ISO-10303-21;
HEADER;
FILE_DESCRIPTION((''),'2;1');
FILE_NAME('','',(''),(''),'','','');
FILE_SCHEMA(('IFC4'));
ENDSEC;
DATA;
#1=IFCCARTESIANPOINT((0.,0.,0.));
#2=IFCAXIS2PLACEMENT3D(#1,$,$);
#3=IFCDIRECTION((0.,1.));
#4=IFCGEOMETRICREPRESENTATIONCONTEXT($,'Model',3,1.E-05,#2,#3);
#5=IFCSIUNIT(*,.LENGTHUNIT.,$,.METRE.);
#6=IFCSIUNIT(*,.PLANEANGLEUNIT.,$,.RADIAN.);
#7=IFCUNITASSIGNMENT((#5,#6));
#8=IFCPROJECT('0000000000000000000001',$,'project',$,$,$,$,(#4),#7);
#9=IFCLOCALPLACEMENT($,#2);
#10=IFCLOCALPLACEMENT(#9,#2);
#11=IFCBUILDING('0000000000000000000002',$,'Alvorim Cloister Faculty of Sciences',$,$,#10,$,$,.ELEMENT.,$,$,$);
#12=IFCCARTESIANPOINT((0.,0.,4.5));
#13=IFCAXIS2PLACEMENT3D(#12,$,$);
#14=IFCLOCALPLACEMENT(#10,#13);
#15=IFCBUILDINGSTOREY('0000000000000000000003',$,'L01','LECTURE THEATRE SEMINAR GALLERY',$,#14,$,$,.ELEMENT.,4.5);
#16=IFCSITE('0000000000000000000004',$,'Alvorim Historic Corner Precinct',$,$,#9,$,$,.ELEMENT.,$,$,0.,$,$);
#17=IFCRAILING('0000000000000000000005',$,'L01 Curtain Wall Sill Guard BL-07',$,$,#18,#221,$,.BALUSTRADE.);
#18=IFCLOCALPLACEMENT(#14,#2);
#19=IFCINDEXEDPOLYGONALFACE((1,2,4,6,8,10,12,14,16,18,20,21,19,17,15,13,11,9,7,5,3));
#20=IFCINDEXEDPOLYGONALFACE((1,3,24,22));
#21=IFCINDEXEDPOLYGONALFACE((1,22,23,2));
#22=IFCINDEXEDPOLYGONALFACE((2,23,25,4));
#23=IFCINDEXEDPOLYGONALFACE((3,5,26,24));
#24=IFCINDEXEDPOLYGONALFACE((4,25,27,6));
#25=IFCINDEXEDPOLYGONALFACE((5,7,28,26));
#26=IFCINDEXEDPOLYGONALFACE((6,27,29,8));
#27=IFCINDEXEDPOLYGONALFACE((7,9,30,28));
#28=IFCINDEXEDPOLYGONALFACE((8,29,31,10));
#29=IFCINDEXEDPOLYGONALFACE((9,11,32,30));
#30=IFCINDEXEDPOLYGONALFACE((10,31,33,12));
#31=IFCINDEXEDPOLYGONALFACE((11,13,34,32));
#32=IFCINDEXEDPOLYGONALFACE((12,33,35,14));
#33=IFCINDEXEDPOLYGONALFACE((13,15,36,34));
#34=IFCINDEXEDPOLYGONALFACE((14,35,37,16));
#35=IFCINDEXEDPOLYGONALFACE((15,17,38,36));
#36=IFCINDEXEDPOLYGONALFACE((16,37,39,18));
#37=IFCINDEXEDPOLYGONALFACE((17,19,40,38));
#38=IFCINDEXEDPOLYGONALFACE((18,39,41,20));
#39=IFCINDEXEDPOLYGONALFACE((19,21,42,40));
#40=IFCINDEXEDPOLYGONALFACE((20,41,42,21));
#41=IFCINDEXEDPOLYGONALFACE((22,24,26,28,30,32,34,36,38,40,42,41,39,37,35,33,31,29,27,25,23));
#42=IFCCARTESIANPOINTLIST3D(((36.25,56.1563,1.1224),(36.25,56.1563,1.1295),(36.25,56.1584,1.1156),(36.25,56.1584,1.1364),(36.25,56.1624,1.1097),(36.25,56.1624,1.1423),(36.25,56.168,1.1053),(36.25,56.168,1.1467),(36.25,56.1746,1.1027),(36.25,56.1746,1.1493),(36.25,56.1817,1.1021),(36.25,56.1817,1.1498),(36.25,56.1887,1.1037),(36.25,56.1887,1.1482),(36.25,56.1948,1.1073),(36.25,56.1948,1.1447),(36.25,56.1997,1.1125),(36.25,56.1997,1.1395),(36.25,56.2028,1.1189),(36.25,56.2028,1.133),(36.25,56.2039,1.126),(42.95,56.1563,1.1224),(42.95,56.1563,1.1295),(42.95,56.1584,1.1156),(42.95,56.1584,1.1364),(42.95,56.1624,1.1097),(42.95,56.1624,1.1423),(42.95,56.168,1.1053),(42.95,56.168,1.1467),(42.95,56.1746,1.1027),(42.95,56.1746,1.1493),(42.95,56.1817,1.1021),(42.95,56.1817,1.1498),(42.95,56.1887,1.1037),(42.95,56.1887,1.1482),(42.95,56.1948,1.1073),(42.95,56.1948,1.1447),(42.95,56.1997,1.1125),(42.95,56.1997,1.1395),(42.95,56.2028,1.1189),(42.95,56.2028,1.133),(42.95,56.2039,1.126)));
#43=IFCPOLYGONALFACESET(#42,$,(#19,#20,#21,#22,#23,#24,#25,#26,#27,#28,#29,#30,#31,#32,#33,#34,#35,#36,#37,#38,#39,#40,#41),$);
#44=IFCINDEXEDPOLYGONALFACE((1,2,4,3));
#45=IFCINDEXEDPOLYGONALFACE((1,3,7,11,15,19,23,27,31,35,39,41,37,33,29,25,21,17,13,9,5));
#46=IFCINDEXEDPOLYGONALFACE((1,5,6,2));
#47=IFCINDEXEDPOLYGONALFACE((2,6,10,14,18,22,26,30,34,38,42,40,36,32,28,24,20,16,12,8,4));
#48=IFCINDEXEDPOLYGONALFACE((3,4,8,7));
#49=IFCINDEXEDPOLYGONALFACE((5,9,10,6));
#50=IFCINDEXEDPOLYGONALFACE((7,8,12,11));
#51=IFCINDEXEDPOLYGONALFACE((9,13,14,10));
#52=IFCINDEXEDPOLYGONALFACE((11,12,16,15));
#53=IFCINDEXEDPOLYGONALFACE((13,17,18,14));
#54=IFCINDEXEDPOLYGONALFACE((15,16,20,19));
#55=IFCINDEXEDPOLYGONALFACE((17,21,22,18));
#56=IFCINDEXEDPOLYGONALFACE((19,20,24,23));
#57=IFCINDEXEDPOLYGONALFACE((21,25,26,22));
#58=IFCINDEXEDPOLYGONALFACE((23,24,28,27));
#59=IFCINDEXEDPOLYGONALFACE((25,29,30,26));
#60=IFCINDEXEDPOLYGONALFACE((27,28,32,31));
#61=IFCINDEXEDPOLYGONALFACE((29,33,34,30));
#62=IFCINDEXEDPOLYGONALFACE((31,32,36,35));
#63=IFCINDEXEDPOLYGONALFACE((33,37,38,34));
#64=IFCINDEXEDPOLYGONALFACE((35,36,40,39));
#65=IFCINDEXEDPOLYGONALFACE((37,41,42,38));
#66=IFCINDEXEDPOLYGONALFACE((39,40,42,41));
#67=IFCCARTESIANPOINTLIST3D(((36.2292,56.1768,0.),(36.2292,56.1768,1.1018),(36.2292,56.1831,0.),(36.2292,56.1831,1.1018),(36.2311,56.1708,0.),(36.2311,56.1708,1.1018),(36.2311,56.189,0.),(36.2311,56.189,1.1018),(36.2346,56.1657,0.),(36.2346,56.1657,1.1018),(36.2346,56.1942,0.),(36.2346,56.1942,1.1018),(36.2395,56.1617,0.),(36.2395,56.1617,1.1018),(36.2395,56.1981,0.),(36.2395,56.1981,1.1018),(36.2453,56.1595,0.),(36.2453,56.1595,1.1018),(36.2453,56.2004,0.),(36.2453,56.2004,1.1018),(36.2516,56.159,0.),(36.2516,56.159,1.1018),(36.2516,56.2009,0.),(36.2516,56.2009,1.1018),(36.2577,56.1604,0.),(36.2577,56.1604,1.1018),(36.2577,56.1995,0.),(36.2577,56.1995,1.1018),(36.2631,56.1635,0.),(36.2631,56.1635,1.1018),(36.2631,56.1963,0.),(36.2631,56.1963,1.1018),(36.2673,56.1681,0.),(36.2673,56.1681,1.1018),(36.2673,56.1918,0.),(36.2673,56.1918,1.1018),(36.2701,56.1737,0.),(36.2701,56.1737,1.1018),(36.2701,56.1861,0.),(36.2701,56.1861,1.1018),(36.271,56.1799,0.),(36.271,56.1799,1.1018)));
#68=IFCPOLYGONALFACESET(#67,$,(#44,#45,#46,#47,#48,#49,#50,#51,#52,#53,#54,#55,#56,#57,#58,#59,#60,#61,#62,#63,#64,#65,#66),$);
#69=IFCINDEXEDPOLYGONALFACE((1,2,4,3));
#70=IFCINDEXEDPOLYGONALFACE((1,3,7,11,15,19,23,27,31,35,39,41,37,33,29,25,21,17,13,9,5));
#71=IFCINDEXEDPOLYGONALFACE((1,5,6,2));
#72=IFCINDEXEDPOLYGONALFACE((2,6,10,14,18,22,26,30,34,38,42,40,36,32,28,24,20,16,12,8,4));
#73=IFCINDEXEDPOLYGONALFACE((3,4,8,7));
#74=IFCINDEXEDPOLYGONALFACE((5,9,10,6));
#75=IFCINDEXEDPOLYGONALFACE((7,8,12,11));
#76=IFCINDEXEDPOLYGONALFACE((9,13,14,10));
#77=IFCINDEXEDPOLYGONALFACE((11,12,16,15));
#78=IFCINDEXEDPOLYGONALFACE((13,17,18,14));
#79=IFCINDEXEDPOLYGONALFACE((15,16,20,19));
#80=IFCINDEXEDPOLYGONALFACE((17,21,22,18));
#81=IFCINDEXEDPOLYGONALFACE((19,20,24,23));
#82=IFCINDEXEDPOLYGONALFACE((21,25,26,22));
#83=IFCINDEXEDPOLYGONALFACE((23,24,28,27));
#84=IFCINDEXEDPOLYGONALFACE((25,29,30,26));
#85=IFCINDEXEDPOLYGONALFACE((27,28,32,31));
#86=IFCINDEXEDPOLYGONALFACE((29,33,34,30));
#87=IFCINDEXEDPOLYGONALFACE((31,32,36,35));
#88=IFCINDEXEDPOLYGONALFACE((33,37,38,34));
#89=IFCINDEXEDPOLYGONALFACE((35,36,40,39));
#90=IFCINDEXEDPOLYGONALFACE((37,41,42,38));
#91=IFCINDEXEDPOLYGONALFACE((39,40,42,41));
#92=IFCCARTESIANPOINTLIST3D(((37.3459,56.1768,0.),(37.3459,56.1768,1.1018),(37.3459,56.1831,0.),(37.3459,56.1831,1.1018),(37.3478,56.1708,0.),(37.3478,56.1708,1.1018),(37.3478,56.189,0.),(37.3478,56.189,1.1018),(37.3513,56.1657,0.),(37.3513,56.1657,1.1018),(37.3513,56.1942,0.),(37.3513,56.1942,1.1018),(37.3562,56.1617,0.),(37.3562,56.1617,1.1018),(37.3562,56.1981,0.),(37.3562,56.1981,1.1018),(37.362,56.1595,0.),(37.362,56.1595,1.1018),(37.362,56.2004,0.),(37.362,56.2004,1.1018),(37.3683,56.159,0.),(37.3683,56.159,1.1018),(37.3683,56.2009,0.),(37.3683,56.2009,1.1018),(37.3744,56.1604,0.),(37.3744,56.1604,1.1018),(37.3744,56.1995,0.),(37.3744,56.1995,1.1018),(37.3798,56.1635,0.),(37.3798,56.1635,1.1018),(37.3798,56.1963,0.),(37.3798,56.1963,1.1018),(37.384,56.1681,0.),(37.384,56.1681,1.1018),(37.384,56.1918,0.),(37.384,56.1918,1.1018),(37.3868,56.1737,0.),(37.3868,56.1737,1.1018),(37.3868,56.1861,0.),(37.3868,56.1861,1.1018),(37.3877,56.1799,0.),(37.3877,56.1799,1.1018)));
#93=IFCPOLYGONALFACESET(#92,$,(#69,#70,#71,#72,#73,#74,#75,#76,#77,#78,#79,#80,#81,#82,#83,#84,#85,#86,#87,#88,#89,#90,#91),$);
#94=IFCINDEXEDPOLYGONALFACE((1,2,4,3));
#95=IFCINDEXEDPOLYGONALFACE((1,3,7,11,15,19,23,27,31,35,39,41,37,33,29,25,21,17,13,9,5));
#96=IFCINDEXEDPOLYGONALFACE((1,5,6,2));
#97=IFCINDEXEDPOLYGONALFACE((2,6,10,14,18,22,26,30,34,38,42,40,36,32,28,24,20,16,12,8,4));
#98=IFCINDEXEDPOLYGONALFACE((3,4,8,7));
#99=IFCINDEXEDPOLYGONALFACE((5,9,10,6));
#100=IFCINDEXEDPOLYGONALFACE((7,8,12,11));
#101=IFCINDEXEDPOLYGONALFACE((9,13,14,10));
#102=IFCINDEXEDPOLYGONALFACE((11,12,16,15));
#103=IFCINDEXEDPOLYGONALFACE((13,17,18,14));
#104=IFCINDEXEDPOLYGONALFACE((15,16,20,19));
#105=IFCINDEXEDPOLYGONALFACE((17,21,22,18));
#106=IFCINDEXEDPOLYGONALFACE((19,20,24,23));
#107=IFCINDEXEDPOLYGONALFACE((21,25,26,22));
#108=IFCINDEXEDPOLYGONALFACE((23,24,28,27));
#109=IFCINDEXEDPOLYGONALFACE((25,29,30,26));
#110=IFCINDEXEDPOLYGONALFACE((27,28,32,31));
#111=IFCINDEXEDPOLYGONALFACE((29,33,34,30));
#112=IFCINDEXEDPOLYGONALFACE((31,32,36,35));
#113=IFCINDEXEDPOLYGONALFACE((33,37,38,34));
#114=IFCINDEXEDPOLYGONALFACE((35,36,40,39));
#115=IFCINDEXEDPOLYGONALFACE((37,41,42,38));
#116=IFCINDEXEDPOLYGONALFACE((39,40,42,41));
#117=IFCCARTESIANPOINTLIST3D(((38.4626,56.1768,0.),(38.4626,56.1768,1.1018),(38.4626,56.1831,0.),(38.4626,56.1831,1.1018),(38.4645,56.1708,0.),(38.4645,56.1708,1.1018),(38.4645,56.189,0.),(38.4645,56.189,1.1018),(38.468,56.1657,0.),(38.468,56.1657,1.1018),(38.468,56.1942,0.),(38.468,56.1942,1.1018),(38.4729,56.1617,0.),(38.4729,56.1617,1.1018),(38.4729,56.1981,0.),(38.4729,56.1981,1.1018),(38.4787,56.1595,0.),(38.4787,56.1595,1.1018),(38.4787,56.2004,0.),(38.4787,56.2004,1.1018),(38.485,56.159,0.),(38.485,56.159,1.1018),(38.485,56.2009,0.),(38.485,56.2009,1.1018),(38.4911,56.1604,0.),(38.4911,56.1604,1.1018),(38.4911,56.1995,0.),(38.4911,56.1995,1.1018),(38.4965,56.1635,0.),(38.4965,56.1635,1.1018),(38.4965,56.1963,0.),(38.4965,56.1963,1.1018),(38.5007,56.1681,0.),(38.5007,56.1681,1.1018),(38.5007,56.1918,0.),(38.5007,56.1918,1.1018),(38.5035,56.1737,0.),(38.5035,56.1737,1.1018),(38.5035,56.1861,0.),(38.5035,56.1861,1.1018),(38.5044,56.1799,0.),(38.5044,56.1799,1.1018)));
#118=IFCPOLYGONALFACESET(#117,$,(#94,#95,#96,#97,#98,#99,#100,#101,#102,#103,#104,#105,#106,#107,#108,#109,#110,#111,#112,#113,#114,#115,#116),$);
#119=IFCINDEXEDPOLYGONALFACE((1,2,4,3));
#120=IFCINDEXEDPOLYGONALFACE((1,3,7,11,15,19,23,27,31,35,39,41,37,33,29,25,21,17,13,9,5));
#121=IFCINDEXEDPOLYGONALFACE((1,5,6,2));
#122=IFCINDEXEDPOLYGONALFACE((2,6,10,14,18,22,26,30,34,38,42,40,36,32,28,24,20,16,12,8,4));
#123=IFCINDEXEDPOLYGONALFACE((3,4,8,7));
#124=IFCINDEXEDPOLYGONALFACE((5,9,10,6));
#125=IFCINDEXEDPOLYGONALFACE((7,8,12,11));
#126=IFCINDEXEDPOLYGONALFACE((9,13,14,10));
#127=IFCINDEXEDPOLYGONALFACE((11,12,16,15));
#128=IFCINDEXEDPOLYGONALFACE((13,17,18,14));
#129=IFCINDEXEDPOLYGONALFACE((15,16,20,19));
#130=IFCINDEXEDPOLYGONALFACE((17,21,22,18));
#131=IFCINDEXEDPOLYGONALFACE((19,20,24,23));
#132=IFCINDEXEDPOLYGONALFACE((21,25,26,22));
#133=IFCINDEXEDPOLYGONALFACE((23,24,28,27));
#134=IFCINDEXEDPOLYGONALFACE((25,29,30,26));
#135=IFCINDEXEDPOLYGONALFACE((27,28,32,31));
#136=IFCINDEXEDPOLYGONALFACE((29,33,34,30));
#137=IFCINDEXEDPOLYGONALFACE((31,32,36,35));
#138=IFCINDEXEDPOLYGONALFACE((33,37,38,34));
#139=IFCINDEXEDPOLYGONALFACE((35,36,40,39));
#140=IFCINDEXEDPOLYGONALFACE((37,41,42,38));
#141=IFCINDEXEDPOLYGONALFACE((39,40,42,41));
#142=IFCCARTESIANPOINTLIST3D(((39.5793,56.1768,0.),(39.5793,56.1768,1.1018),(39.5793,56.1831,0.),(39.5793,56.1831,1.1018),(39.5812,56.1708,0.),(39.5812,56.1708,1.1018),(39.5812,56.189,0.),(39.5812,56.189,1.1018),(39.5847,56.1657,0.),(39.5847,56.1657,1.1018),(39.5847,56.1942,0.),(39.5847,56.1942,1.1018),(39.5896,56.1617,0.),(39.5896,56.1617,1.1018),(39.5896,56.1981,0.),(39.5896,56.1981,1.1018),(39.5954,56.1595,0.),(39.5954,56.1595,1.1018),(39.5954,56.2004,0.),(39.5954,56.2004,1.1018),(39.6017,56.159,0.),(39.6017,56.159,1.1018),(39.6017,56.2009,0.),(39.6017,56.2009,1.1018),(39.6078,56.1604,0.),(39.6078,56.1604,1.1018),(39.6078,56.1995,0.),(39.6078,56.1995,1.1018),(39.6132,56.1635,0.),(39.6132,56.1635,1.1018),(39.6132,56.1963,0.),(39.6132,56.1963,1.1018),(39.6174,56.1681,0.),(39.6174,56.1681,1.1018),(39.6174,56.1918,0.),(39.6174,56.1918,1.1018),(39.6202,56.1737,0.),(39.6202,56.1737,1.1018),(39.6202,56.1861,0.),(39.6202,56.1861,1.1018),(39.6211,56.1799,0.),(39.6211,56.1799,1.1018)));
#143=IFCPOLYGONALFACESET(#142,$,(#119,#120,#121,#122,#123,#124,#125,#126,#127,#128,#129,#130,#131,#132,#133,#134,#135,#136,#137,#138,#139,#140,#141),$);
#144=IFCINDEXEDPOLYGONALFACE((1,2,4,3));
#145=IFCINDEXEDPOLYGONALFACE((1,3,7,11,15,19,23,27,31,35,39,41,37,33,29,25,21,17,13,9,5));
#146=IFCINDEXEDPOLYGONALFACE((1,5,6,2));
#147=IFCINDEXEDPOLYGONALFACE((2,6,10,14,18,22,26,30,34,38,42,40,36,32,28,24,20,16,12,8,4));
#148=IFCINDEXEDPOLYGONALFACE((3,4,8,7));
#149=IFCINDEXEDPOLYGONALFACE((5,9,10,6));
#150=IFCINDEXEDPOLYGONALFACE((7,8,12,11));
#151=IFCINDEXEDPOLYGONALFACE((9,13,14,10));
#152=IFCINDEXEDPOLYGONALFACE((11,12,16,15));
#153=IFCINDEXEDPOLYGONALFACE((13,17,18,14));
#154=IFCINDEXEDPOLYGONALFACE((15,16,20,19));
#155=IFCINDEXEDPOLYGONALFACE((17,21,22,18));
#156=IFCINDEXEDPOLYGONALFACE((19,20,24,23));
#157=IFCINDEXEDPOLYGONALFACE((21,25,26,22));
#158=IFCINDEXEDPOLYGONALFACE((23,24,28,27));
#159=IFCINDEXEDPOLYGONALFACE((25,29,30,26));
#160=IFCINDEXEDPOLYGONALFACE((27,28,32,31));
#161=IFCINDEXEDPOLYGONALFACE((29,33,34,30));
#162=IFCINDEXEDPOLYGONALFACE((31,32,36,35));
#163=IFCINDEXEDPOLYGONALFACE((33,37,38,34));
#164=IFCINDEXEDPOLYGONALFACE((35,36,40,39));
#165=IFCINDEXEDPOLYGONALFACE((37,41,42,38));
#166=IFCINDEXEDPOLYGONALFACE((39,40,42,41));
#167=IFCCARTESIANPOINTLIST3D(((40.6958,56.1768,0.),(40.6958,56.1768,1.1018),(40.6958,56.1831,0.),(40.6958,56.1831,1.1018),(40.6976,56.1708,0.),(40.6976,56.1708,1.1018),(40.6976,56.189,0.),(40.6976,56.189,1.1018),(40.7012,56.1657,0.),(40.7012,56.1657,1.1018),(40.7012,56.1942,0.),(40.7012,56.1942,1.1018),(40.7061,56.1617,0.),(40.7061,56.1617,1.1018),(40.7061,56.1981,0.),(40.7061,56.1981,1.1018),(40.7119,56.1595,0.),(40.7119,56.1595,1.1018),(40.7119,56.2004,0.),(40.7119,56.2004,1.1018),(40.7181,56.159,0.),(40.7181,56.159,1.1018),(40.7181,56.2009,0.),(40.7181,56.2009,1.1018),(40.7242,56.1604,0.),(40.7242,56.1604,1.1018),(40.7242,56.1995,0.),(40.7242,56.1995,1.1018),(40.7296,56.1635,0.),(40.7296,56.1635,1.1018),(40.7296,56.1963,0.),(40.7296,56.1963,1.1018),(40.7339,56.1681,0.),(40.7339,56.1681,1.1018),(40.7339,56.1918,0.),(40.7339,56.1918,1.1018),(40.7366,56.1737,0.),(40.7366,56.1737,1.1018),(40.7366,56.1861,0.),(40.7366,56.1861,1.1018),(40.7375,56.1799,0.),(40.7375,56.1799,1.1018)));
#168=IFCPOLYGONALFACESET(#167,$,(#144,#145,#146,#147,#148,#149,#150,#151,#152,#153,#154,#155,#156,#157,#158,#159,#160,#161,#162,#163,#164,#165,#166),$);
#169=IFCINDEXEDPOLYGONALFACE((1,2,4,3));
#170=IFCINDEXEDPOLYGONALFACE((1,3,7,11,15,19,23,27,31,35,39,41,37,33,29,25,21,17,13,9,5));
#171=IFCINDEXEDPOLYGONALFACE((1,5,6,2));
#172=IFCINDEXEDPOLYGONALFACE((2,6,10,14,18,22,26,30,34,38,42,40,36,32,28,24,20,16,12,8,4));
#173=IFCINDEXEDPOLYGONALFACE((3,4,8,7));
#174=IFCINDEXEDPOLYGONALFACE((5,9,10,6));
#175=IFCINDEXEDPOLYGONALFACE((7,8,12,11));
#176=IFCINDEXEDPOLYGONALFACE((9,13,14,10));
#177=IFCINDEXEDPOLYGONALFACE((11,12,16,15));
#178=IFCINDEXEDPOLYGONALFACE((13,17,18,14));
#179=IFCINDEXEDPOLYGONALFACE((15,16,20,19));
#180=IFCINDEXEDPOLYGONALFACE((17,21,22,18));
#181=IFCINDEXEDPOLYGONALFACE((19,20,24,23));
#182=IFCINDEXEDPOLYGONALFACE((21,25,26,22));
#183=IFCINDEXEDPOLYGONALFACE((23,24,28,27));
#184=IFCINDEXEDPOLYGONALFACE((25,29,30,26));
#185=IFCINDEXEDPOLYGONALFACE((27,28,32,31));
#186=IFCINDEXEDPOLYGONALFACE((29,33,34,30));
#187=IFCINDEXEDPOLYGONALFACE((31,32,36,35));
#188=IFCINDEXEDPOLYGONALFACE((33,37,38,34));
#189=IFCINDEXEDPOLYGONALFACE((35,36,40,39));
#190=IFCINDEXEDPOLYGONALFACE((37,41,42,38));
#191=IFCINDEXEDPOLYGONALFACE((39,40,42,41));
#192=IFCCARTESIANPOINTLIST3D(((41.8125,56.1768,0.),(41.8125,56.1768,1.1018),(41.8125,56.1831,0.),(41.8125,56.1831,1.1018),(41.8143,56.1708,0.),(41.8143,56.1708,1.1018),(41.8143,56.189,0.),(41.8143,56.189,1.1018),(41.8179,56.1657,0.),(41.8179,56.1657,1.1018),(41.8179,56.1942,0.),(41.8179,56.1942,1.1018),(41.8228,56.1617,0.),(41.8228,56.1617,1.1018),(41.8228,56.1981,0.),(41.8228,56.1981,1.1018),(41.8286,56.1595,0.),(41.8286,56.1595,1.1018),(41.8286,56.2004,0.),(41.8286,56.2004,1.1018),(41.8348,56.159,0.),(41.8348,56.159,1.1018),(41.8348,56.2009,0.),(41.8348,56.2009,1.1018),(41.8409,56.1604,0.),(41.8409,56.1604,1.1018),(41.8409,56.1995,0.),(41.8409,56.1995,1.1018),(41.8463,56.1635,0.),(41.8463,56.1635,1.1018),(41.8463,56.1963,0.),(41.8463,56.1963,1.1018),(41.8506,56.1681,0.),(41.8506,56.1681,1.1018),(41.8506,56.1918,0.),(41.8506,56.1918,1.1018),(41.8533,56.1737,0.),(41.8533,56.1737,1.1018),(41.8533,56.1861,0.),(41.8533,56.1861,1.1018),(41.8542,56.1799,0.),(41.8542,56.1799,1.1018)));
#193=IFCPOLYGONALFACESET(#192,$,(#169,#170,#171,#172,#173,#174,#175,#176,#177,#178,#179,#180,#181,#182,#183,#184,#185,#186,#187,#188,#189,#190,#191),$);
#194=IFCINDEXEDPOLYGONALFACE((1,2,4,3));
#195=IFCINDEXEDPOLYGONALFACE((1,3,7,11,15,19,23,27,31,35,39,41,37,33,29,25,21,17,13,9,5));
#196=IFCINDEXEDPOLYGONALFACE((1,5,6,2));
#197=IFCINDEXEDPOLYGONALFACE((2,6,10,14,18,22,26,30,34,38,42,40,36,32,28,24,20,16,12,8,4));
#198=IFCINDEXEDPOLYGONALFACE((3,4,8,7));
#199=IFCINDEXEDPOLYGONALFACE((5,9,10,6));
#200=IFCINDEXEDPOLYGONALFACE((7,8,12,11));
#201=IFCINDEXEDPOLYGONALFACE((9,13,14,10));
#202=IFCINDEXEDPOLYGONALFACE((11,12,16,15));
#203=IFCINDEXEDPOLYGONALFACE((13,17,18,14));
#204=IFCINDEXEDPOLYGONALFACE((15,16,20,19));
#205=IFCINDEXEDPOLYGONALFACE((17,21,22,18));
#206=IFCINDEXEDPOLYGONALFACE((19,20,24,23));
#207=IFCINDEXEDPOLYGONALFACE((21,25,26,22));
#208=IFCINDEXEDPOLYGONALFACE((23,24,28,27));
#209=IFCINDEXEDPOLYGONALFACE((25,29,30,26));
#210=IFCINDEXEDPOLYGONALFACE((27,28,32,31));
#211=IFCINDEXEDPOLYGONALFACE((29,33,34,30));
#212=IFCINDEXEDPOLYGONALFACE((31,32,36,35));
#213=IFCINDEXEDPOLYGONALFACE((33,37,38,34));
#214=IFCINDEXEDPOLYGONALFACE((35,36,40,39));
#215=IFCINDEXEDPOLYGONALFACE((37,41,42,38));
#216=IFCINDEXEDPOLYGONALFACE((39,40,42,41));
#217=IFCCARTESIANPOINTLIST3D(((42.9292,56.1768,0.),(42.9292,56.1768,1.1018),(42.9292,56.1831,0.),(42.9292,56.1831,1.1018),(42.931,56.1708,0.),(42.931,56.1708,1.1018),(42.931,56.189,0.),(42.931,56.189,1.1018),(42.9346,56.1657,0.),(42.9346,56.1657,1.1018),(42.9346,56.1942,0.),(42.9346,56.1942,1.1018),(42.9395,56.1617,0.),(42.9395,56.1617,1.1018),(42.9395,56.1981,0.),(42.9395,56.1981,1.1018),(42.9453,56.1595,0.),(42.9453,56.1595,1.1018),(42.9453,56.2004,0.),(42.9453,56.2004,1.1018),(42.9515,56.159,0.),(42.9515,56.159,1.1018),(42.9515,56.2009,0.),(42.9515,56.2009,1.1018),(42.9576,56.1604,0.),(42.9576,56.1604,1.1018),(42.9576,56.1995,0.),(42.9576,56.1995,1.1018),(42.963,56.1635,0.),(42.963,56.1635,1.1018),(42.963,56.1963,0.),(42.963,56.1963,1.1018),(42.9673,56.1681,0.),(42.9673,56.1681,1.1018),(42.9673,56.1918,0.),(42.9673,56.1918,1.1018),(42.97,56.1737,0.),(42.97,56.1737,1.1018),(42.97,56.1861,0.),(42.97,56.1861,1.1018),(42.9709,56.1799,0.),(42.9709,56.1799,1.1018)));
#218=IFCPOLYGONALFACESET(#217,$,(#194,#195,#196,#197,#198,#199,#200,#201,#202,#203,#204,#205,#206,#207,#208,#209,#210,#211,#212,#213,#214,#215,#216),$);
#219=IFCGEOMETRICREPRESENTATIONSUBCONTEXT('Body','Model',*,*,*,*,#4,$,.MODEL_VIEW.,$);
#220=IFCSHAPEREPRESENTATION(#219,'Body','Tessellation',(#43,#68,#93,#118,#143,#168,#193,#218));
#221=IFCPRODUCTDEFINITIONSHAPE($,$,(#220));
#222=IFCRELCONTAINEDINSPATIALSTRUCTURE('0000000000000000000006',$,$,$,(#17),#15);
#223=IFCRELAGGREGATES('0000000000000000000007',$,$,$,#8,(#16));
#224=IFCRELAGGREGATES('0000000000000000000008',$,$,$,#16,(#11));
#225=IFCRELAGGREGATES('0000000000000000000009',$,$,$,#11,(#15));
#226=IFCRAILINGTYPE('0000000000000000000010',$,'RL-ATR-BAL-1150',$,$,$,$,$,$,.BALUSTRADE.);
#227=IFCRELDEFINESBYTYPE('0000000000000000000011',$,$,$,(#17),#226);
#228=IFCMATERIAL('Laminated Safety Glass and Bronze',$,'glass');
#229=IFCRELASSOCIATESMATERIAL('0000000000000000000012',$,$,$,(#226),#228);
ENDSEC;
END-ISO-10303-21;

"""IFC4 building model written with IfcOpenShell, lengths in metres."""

from ifc_helpers import new_model, si_unit, direction, frame, origin, origin_2d, place, context, subcontext, project, spatial, circle, extrude, material, type_object, element, save


model = new_model("IFC4")

# Units and contexts
model_context = context("Model", 3, precision=1e-05, world=origin(), true_north=direction((0.0, 1.0)))
body_context = subcontext(model_context, "Body", "Model", "MODEL_VIEW")
ifc_project = project(units=[si_unit("LENGTHUNIT", "METRE"), si_unit("PLANEANGLEUNIT", "RADIAN")], contexts=[model_context])

# Site, building, storey
site_placement = place(None, origin())
site = spatial("IfcSite", under=ifc_project, at=site_placement, Name="Alvorim Historic Corner Precinct", CompositionType="ELEMENT", RefElevation=0.0)
building_placement = place(site_placement, origin())
building = spatial("IfcBuilding", under=site, at=building_placement, Name="Alvorim Cloister Faculty of Sciences", CompositionType="ELEMENT")
storey_placement = place(building_placement, frame((0.0, 0.0, 4.5)))
storey = spatial("IfcBuildingStorey", under=building, at=storey_placement, Name="L01", Description="LECTURE THEATRE SEMINAR GALLERY", CompositionType="ELEMENT", Elevation=4.5)

# Railing
ifc_material_1 = material(Name="Laminated Safety Glass and Bronze", Category="glass")
railing_type_1 = type_object("IfcRailingType", Name="RL-ATR-BAL-1150", PredefinedType="BALUSTRADE", material=ifc_material_1)
railing_1_placement = place(storey_placement, frame((36.25, 56.1799, 0.0)))
element("IfcRailing", 1, at=railing_1_placement, inside=storey, type_object=railing_type_1, Name="L01 Curtain Wall Sill Guard BL-07", PredefinedType="BALUSTRADE", context=body_context, shape_type="SweptSolid", body=[
    extrude(circle(Radius=0.0239, at=origin_2d()), frame((0.0, 0.0, 1.126), z_axis=(1.0, 0.0, 0.0), x_axis=(0.0, 1.0, 0.0)), (0.0, 0.0, 1.0), 6.7),
    extrude(circle(Radius=0.021, at=origin_2d()), origin(), (0.0, 0.0, 1.0), 1.1018),
    extrude(circle(Radius=0.021, at=origin_2d()), frame((1.1167, 0.0, 0.0)), (0.0, 0.0, 1.0), 1.1018),
    extrude(circle(Radius=0.021, at=origin_2d()), frame((2.2334, 0.0, 0.0)), (0.0, 0.0, 1.0), 1.1018),
    extrude(circle(Radius=0.021, at=origin_2d()), frame((3.3501, 0.0, 0.0)), (0.0, 0.0, 1.0), 1.1018),
    extrude(circle(Radius=0.021, at=origin_2d()), frame((4.4666, 0.0, 0.0)), (0.0, 0.0, 1.0), 1.1018),
    extrude(circle(Radius=0.021, at=origin_2d()), frame((5.5833, 0.0, 0.0)), (0.0, 0.0, 1.0), 1.1018),
    extrude(circle(Radius=0.021, at=origin_2d()), frame((6.7, 0.0, 0.0)), (0.0, 0.0, 1.0), 1.1018),
])

save(model, "model.ifc")
